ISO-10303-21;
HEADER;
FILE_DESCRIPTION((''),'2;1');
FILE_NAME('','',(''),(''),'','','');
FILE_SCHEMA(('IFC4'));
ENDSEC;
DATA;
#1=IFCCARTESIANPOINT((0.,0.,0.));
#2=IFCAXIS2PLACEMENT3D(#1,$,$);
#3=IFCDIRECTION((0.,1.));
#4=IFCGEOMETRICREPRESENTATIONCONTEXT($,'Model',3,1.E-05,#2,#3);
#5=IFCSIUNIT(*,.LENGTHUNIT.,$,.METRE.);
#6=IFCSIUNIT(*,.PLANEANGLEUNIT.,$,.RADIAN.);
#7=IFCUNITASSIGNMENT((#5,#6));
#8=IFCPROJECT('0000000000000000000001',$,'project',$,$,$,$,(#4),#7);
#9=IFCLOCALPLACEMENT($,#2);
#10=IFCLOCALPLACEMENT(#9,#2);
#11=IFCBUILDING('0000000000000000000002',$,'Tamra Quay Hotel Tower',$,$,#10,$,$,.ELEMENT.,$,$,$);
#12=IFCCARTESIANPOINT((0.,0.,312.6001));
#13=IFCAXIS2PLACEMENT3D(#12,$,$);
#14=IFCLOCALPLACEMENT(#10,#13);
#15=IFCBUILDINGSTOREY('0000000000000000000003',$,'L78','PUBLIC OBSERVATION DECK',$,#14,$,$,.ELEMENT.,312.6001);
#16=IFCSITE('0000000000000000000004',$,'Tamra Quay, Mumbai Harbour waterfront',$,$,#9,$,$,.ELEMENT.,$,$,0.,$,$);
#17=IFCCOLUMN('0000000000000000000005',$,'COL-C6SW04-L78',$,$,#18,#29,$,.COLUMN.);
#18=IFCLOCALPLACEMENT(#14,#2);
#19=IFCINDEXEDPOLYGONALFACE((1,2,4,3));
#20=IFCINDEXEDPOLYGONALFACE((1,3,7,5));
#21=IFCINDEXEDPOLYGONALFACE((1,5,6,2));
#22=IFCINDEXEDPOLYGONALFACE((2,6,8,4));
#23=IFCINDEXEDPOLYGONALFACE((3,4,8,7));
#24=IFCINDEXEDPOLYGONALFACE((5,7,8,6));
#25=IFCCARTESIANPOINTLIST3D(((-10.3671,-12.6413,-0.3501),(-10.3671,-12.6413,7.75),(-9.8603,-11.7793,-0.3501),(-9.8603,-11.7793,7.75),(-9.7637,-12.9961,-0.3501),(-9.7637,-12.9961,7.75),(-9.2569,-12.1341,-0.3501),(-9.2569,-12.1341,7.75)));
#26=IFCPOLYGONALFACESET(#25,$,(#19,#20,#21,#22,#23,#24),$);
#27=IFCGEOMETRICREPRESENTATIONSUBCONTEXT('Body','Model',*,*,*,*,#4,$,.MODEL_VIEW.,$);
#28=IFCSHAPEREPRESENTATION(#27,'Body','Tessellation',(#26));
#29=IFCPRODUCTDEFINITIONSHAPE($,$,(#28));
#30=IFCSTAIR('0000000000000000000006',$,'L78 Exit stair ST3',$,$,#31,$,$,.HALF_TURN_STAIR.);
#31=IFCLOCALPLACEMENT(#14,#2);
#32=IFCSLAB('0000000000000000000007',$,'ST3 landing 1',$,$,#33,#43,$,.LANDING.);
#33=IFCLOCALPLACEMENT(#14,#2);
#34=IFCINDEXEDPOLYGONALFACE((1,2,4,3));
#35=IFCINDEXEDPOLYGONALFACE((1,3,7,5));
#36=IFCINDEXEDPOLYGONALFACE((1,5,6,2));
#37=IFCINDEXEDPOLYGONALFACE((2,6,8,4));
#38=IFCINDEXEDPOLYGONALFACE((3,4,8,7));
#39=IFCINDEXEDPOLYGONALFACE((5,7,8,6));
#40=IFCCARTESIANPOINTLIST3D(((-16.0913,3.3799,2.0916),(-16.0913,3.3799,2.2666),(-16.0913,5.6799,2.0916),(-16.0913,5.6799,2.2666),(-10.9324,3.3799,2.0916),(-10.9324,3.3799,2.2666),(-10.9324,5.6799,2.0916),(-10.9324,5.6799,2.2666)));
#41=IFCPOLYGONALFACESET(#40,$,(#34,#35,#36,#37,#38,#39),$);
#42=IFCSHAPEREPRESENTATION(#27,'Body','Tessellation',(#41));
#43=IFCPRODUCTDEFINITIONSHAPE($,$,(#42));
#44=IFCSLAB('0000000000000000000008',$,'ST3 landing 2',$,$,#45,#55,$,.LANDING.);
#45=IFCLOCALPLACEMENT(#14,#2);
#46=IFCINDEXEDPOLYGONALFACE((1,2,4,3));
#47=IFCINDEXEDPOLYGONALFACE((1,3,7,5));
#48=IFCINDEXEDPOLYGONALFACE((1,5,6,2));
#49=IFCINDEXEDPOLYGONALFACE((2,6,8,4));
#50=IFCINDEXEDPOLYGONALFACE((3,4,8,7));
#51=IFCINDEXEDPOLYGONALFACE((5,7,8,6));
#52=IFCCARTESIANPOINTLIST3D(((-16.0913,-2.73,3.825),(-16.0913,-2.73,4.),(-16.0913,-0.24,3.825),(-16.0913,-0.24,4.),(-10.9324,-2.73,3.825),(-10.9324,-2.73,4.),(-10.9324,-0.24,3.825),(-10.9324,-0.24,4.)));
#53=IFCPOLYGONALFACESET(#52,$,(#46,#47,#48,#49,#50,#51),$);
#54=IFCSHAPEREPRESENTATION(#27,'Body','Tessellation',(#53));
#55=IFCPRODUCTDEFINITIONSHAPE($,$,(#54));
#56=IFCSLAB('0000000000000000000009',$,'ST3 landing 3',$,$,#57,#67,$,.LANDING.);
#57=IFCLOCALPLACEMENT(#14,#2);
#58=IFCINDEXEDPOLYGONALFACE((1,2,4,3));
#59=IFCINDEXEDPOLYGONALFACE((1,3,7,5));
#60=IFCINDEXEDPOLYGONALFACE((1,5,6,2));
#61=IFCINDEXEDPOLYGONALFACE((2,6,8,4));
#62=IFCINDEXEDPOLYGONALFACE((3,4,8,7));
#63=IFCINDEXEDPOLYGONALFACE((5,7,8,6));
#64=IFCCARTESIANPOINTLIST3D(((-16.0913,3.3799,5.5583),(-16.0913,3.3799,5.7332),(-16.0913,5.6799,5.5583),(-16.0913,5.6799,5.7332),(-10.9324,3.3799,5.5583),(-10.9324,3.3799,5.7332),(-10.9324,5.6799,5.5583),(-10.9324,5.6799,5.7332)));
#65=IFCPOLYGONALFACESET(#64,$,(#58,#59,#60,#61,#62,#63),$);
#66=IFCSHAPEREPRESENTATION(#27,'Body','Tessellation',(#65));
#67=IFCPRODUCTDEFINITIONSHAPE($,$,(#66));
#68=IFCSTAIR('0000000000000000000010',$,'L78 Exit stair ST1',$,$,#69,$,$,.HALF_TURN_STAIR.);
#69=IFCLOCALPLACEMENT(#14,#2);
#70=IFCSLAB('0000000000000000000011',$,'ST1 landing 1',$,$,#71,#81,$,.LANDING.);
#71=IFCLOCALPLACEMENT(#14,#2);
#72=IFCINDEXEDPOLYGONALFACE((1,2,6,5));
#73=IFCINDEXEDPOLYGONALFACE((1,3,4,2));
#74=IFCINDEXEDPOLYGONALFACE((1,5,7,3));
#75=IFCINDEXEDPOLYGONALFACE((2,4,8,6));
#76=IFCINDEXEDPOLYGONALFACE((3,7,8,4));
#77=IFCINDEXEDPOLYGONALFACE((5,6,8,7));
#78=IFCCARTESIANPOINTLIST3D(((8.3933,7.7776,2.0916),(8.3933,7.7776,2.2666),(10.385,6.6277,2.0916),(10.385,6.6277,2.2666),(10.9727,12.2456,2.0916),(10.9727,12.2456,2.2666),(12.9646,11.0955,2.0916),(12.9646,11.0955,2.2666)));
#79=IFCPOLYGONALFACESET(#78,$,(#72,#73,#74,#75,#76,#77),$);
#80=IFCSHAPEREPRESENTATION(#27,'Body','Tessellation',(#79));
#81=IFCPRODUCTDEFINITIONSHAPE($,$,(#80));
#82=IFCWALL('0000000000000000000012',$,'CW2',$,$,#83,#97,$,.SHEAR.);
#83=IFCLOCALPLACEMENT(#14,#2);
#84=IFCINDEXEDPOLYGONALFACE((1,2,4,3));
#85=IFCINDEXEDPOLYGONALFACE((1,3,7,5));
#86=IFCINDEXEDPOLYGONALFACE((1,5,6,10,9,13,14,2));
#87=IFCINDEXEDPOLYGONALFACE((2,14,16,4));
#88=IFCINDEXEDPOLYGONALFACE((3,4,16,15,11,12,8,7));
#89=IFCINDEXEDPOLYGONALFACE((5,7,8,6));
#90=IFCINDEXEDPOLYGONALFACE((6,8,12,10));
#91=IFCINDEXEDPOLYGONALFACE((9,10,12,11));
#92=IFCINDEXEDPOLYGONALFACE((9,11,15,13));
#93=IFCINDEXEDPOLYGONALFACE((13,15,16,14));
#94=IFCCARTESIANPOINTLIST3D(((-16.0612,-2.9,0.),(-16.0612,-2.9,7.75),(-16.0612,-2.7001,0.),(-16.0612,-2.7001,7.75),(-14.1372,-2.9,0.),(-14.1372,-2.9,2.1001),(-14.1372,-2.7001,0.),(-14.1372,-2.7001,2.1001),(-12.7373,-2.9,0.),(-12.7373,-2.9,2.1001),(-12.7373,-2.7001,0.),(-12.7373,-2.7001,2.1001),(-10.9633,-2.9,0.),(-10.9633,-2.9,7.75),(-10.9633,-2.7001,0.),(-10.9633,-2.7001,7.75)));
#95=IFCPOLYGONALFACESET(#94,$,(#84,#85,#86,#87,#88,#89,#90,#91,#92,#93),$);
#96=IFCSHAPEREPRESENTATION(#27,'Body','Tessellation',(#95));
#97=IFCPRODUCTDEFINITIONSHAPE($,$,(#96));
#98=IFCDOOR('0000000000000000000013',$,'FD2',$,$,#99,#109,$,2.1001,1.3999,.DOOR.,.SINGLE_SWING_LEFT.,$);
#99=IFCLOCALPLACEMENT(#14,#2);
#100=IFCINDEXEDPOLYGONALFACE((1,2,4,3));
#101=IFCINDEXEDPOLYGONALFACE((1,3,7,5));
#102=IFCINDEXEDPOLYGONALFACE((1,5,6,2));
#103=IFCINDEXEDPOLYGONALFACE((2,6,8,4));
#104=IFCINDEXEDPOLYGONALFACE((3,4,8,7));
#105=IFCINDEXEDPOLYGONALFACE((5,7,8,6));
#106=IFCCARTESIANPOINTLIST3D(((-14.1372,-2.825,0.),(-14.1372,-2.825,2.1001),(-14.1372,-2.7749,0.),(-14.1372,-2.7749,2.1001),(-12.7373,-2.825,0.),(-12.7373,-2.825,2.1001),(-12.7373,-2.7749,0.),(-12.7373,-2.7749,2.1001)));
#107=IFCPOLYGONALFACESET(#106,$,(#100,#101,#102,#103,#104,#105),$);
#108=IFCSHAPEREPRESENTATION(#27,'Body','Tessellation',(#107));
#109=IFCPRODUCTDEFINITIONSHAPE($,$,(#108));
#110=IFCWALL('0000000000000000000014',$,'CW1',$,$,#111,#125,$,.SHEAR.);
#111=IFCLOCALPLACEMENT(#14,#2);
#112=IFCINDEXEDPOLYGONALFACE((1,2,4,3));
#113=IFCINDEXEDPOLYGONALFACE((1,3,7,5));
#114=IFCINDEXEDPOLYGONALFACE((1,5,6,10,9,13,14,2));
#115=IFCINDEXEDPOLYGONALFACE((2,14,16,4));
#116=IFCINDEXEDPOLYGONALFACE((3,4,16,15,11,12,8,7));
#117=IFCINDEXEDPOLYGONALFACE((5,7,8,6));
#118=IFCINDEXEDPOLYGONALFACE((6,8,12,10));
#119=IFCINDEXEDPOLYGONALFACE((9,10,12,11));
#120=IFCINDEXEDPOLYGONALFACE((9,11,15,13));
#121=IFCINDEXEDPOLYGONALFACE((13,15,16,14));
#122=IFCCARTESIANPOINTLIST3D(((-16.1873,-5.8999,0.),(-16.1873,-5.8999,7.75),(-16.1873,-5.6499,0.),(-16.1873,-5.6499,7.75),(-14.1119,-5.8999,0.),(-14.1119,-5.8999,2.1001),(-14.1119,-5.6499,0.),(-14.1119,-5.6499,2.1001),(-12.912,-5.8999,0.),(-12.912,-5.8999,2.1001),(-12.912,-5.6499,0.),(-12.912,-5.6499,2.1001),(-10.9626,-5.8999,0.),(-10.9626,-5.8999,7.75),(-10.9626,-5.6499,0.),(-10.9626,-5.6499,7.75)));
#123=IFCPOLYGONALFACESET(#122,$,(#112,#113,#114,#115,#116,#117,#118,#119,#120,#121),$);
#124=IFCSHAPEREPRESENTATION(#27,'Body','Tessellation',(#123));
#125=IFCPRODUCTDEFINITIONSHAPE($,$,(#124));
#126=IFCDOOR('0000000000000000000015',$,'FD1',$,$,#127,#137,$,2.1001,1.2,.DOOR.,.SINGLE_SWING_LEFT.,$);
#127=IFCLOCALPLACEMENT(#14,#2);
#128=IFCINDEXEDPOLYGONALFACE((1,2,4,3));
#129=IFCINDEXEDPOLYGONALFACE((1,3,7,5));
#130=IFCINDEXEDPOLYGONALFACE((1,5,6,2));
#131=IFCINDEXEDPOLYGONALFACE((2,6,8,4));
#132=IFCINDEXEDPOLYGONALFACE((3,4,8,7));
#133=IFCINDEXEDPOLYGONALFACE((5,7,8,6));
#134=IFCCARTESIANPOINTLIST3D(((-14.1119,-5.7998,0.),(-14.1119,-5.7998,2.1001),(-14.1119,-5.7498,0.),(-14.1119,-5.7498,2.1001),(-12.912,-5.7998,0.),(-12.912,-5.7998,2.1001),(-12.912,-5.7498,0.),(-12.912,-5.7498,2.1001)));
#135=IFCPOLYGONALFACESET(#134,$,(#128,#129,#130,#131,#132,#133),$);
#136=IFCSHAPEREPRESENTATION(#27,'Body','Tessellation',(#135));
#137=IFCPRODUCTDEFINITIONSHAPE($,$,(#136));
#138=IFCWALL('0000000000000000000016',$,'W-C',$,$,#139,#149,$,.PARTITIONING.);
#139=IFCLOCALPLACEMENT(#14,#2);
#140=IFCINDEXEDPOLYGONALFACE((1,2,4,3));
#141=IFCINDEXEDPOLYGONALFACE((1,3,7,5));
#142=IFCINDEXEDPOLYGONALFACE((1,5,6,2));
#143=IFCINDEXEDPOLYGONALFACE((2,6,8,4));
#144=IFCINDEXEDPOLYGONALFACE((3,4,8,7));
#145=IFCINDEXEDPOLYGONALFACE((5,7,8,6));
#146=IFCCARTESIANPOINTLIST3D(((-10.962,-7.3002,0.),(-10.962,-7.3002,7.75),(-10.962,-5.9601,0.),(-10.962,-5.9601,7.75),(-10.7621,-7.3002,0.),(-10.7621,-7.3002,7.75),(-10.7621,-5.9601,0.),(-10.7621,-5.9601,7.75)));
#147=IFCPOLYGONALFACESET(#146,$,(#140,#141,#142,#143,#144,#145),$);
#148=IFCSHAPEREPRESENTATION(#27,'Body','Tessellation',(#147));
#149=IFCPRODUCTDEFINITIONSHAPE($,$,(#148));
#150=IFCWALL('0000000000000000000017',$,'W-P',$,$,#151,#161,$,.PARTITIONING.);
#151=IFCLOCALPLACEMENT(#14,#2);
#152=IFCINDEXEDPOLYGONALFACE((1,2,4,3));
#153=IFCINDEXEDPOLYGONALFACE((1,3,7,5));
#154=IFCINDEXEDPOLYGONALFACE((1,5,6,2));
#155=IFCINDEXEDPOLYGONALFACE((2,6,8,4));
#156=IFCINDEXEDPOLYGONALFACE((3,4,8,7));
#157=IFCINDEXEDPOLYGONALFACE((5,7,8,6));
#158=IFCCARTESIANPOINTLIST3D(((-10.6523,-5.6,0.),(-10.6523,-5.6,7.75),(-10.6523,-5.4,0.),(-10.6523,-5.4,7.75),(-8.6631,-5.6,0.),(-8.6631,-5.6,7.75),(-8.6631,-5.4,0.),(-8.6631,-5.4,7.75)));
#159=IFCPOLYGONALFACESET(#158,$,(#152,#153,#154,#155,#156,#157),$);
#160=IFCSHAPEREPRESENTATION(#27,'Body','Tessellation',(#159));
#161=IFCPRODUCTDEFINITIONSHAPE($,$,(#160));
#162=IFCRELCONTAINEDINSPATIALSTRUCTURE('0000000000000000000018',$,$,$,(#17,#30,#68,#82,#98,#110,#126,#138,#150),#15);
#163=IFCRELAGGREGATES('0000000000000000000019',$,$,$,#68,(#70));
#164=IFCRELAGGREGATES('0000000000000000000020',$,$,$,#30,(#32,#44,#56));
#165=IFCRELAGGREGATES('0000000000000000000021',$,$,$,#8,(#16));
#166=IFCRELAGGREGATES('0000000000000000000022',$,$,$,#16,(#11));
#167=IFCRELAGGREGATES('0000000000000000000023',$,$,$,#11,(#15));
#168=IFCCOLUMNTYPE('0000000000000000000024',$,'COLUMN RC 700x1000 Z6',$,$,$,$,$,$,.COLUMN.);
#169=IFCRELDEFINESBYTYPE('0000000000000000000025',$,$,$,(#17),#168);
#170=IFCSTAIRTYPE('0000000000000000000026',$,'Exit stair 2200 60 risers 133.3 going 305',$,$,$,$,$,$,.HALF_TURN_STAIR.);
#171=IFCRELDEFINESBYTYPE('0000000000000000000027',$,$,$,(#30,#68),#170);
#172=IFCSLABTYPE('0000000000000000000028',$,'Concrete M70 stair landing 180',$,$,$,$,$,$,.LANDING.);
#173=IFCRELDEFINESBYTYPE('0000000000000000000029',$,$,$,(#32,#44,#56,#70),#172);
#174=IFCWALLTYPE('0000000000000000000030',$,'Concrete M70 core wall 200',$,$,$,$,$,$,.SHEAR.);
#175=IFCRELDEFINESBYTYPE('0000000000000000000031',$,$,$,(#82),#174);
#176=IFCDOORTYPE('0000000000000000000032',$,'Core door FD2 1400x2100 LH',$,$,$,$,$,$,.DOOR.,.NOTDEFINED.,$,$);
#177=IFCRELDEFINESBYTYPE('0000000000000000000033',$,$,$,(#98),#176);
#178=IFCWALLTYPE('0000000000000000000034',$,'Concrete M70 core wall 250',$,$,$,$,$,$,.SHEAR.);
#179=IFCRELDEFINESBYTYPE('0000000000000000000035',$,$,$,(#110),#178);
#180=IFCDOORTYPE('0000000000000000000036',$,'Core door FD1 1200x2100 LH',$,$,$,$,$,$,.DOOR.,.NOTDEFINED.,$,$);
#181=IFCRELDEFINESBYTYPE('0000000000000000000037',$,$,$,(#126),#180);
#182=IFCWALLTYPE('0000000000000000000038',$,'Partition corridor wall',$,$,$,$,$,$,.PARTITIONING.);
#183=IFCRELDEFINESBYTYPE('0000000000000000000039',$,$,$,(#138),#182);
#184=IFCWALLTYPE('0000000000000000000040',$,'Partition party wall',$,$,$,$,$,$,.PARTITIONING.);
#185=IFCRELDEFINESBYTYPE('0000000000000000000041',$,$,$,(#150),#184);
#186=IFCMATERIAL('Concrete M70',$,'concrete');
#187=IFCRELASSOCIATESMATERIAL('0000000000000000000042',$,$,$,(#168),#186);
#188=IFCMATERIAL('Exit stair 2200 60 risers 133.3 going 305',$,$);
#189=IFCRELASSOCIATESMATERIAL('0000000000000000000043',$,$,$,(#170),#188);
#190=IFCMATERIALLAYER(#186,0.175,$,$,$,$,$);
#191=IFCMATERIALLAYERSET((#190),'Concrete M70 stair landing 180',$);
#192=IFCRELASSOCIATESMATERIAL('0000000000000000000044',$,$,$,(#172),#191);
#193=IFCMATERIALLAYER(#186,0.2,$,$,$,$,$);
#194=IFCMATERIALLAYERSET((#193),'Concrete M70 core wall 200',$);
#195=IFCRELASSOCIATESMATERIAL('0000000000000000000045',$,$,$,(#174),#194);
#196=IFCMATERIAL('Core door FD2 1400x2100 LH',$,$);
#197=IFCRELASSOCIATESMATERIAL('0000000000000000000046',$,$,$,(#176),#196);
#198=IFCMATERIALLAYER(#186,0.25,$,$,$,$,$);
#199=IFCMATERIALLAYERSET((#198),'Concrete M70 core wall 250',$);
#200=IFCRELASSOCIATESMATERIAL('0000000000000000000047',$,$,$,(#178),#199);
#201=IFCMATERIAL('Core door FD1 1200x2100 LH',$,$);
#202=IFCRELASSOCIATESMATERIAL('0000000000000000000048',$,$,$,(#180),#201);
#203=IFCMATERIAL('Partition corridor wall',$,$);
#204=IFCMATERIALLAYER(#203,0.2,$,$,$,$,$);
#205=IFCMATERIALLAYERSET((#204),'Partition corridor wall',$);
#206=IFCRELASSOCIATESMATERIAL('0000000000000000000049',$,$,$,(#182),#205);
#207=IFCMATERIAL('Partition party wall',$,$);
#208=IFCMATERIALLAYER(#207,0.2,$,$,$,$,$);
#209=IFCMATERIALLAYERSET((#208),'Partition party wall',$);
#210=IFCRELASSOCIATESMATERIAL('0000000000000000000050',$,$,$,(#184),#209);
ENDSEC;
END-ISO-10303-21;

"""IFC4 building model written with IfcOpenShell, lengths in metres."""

from ifc_helpers import new_model, si_unit, direction, frame, frame_2d, origin, origin_2d, place, context, subcontext, project, spatial, polyline, rectangle, outline, extrude, material, layer, layer_set, material_profile, profile_set, type_object, element, fill, aggregate, save


model = new_model("IFC4")

# Units and contexts
model_context = context("Model", 3, precision=1e-05, world=origin(), true_north=direction((0.0, 1.0)))
body_context = subcontext(model_context, "Body", "Model", "MODEL_VIEW")
ifc_project = project(units=[si_unit("LENGTHUNIT", "METRE"), si_unit("PLANEANGLEUNIT", "RADIAN")], contexts=[model_context])

# Site, building, storey
site_placement = place(None, origin())
site = spatial("IfcSite", under=ifc_project, at=site_placement, Name="Tamra Quay, Mumbai Harbour waterfront", CompositionType="ELEMENT", RefElevation=0.0)
building_placement = place(site_placement, origin())
building = spatial("IfcBuilding", under=site, at=building_placement, Name="Tamra Quay Hotel Tower", CompositionType="ELEMENT")
storey_placement = place(building_placement, frame((0.0, 0.0, 312.6001)))
storey = spatial("IfcBuildingStorey", under=building, at=storey_placement, Name="L78", Description="PUBLIC OBSERVATION DECK", CompositionType="ELEMENT", Elevation=312.6001)

# Column
ifc_material_1 = material(Name="Concrete M70", Category="concrete")
ifc_material_profile = material_profile(ifc_material_1, rectangle(XDim=1.0, YDim=0.7, at=origin_2d()), Name="COLUMN RC 700x1000 Z6")
ifc_profile_set = profile_set([ifc_material_profile], Name="Concrete M70")
column_type = type_object("IfcColumnType", Name="COLUMN RC 700x1000 Z6", PredefinedType="COLUMN", material=ifc_profile_set)
column_placement = place(storey_placement, frame((-9.812, -12.3877, -0.3501), z_axis=(0.0, 0.0, 1.0), x_axis=(0.506843, 0.862038, 0.0)))
element("IfcColumn", 1, at=column_placement, inside=storey, type_object=column_type, Name="COL-C6SW04-L78", PredefinedType="COLUMN", context=body_context, shape_type="SweptSolid", body=[
    extrude(rectangle(XDim=1.0, YDim=0.7, at=origin_2d()), origin(), (0.0, 0.0, 1.0), 8.1001),
])

# Stair, slabs
ifc_material_2 = material(Name="Exit stair 2200 60 risers 133.3 going 305")
stair_type = type_object("IfcStairType", Name="Exit stair 2200 60 risers 133.3 going 305", PredefinedType="HALF_TURN_STAIR", material=ifc_material_2)
stair_1_placement = place(storey_placement, origin())
stair_1 = element("IfcStair", 2, at=stair_1_placement, inside=storey, type_object=stair_type, Name="L78 Exit stair ST3", PredefinedType="HALF_TURN_STAIR")
ifc_layer_1 = layer(ifc_material_1, 0.175)
ifc_layer_set_1 = layer_set([ifc_layer_1], Name="Concrete M70 stair landing 180")
slab_type_1 = type_object("IfcSlabType", Name="Concrete M70 stair landing 180", PredefinedType="LANDING", material=ifc_layer_set_1)
slab_1_placement = place(storey_placement, frame((0.0, 0.0, 2.0916)))
slab_1 = element("IfcSlab", 3, at=slab_1_placement, type_object=slab_type_1, Name="ST3 landing 1", PredefinedType="LANDING", context=body_context, shape_type="SweptSolid", body=[
    extrude(outline(polyline([(-10.9324, 3.3799), (-10.9324, 5.6799), (-16.0913, 5.6799), (-16.0913, 3.3799), (-10.9324, 3.3799)])), origin(), (0.0, 0.0, 1.0), 0.175),
])
slab_2_placement = place(storey_placement, frame((0.0, 0.0, 3.825)))
slab_2 = element("IfcSlab", 4, at=slab_2_placement, type_object=slab_type_1, Name="ST3 landing 2", PredefinedType="LANDING", context=body_context, shape_type="SweptSolid", body=[
    extrude(outline(polyline([(-10.9324, -2.73), (-10.9324, -0.24), (-16.0913, -0.24), (-16.0913, -2.73), (-10.9324, -2.73)])), origin(), (0.0, 0.0, 1.0), 0.175),
])
slab_3_placement = place(storey_placement, frame((0.0, 0.0, 5.5583)))
slab_3 = element("IfcSlab", 5, at=slab_3_placement, type_object=slab_type_1, Name="ST3 landing 3", PredefinedType="LANDING", context=body_context, shape_type="SweptSolid", body=[
    extrude(outline(polyline([(-10.9324, 3.3799), (-10.9324, 5.6799), (-16.0913, 5.6799), (-16.0913, 3.3799), (-10.9324, 3.3799)])), origin(), (0.0, 0.0, 1.0), 0.1748),
])

# Stair, slab
stair_2_placement = place(storey_placement, origin())
stair_2 = element("IfcStair", 6, at=stair_2_placement, inside=storey, type_object=stair_type, Name="L78 Exit stair ST1", PredefinedType="HALF_TURN_STAIR")
slab_4_placement = place(storey_placement, frame((0.0, 0.0, 2.0916)))
slab_4 = element("IfcSlab", 7, at=slab_4_placement, type_object=slab_type_1, Name="ST1 landing 1", PredefinedType="LANDING", context=body_context, shape_type="SweptSolid", body=[
    extrude(outline(polyline([(8.3933, 7.7776), (10.385, 6.6277), (12.9646, 11.0955), (10.9727, 12.2456), (8.3933, 7.7776)])), origin(), (0.0, 0.0, 1.0), 0.175),
])
aggregate(stair_2, [slab_4])

# Walls, openings, doors
ifc_layer_2 = layer(ifc_material_1, 0.2)
ifc_layer_set_2 = layer_set([ifc_layer_2], Name="Concrete M70 core wall 200")
wall_type_1 = type_object("IfcWallType", Name="Concrete M70 core wall 200", PredefinedType="SHEAR", material=ifc_layer_set_2)
wall_1_placement = place(storey_placement, frame((-10.9634, -2.8, 0.0), z_axis=(0.0, 0.0, 1.0), x_axis=(-1.0, 0.0, 0.0)))
wall_1 = element("IfcWall", 8, at=wall_1_placement, inside=storey, type_object=wall_type_1, Name="CW2", PredefinedType="SHEAR", context=body_context, shape_type="SweptSolid", body=[
    extrude(rectangle(XDim=5.0979, YDim=0.2, at=frame_2d((2.5488, 0.0))), origin(), (0.0, 0.0, 1.0), 7.75),
])
opening_1_placement = place(wall_1_placement, frame((1.7739, 0.0, 0.0)))
opening_1 = element("IfcOpeningElement", 9, at=opening_1_placement, cuts=wall_1, PredefinedType="OPENING", context=body_context, shape_type="SweptSolid", body=[
    extrude(rectangle(XDim=1.3999, YDim=2.1001, at=frame_2d((0.7, 1.05))), frame((0.0, 0.1099, 0.0), z_axis=(0.0, -1.0, 0.0), x_axis=(1.0, 0.0, 0.0)), (0.0, 0.0, 1.0), 0.22),
])
ifc_material_3 = material(Name="Core door FD2 1400x2100 LH")
door_type_1 = type_object("IfcDoorType", Name="Core door FD2 1400x2100 LH", OperationType="NOTDEFINED", PredefinedType="DOOR", material=ifc_material_3)
door_1_placement = place(opening_1_placement, origin())
door_1 = element("IfcDoor", 10, at=door_1_placement, inside=storey, type_object=door_type_1, Name="FD2", OperationType="SINGLE_SWING_LEFT", OverallHeight=2.1001, OverallWidth=1.3999, PredefinedType="DOOR", context=body_context, shape_type="SweptSolid", body=[
    extrude(rectangle(XDim=1.3999, YDim=2.1001, at=frame_2d((0.7, 1.05))), frame((0.0, 0.0249, 0.0), z_axis=(0.0, -1.0, 0.0), x_axis=(1.0, 0.0, 0.0)), (0.0, 0.0, 1.0), 0.05),
])
fill(opening_1, door_1)
ifc_layer_3 = layer(ifc_material_1, 0.25)
ifc_layer_set_3 = layer_set([ifc_layer_3], Name="Concrete M70 core wall 250")
wall_type_2 = type_object("IfcWallType", Name="Concrete M70 core wall 250", PredefinedType="SHEAR", material=ifc_layer_set_3)
wall_2_placement = place(storey_placement, frame((-10.9626, -5.7749, 0.0), z_axis=(0.0, 0.0, 1.0), x_axis=(-1.0, 0.0, 0.0)))
wall_2 = element("IfcWall", 11, at=wall_2_placement, inside=storey, type_object=wall_type_2, Name="CW1", PredefinedType="SHEAR", context=body_context, shape_type="SweptSolid", body=[
    extrude(rectangle(XDim=5.2246, YDim=0.25, at=frame_2d((2.6123, 0.0))), origin(), (0.0, 0.0, 1.0), 7.75),
])
opening_2_placement = place(wall_2_placement, frame((1.9492, 0.0, 0.0)))
opening_2 = element("IfcOpeningElement", 12, at=opening_2_placement, cuts=wall_2, PredefinedType="OPENING", context=body_context, shape_type="SweptSolid", body=[
    extrude(rectangle(XDim=1.2, YDim=2.1001, at=frame_2d((0.6001, 1.05))), frame((0.0, 0.135, 0.0), z_axis=(0.0, -1.0, 0.0), x_axis=(1.0, 0.0, 0.0)), (0.0, 0.0, 1.0), 0.27),
])
ifc_material_4 = material(Name="Core door FD1 1200x2100 LH")
door_type_2 = type_object("IfcDoorType", Name="Core door FD1 1200x2100 LH", OperationType="NOTDEFINED", PredefinedType="DOOR", material=ifc_material_4)
door_2_placement = place(opening_2_placement, origin())
door_2 = element("IfcDoor", 13, at=door_2_placement, inside=storey, type_object=door_type_2, Name="FD1", OperationType="SINGLE_SWING_LEFT", OverallHeight=2.1001, OverallWidth=1.2, PredefinedType="DOOR", context=body_context, shape_type="SweptSolid", body=[
    extrude(rectangle(XDim=1.2, YDim=2.1001, at=frame_2d((0.6001, 1.05))), frame((0.0, 0.0249, 0.0), z_axis=(0.0, -1.0, 0.0), x_axis=(1.0, 0.0, 0.0)), (0.0, 0.0, 1.0), 0.05),
])
fill(opening_2, door_2)

# Walls
ifc_material_5 = material(Name="Partition corridor wall")
ifc_layer_4 = layer(ifc_material_5, 0.2)
ifc_layer_set_4 = layer_set([ifc_layer_4], Name="Partition corridor wall")
wall_type_3 = type_object("IfcWallType", Name="Partition corridor wall", PredefinedType="PARTITIONING", material=ifc_layer_set_4)
wall_3_placement = place(storey_placement, frame((-10.8621, -7.3, 0.0), z_axis=(0.0, 0.0, 1.0), x_axis=(0.0, 1.0, 0.0)))
element("IfcWall", 14, at=wall_3_placement, inside=storey, type_object=wall_type_3, Name="W-C", PredefinedType="PARTITIONING", context=body_context, shape_type="SweptSolid", body=[
    extrude(rectangle(XDim=1.3401, YDim=0.2, at=frame_2d((0.6699, 0.0))), origin(), (0.0, 0.0, 1.0), 7.75),
])
ifc_material_6 = material(Name="Partition party wall")
ifc_layer_5 = layer(ifc_material_6, 0.2)
ifc_layer_set_5 = layer_set([ifc_layer_5], Name="Partition party wall")
wall_type_4 = type_object("IfcWallType", Name="Partition party wall", PredefinedType="PARTITIONING", material=ifc_layer_set_5)
wall_4_placement = place(storey_placement, frame((-10.6523, -5.5, 0.0), z_axis=(0.0, 0.0, 1.0), x_axis=(1.0, 0.0, 0.0)))
element("IfcWall", 15, at=wall_4_placement, inside=storey, type_object=wall_type_4, Name="W-P", PredefinedType="PARTITIONING", context=body_context, shape_type="SweptSolid", body=[
    extrude(rectangle(XDim=1.9893, YDim=0.2, at=frame_2d((0.9946, 0.0))), origin(), (0.0, 0.0, 1.0), 7.75),
])

aggregate(stair_1, [slab_1, slab_2, slab_3])

save(model, "model.ifc")
